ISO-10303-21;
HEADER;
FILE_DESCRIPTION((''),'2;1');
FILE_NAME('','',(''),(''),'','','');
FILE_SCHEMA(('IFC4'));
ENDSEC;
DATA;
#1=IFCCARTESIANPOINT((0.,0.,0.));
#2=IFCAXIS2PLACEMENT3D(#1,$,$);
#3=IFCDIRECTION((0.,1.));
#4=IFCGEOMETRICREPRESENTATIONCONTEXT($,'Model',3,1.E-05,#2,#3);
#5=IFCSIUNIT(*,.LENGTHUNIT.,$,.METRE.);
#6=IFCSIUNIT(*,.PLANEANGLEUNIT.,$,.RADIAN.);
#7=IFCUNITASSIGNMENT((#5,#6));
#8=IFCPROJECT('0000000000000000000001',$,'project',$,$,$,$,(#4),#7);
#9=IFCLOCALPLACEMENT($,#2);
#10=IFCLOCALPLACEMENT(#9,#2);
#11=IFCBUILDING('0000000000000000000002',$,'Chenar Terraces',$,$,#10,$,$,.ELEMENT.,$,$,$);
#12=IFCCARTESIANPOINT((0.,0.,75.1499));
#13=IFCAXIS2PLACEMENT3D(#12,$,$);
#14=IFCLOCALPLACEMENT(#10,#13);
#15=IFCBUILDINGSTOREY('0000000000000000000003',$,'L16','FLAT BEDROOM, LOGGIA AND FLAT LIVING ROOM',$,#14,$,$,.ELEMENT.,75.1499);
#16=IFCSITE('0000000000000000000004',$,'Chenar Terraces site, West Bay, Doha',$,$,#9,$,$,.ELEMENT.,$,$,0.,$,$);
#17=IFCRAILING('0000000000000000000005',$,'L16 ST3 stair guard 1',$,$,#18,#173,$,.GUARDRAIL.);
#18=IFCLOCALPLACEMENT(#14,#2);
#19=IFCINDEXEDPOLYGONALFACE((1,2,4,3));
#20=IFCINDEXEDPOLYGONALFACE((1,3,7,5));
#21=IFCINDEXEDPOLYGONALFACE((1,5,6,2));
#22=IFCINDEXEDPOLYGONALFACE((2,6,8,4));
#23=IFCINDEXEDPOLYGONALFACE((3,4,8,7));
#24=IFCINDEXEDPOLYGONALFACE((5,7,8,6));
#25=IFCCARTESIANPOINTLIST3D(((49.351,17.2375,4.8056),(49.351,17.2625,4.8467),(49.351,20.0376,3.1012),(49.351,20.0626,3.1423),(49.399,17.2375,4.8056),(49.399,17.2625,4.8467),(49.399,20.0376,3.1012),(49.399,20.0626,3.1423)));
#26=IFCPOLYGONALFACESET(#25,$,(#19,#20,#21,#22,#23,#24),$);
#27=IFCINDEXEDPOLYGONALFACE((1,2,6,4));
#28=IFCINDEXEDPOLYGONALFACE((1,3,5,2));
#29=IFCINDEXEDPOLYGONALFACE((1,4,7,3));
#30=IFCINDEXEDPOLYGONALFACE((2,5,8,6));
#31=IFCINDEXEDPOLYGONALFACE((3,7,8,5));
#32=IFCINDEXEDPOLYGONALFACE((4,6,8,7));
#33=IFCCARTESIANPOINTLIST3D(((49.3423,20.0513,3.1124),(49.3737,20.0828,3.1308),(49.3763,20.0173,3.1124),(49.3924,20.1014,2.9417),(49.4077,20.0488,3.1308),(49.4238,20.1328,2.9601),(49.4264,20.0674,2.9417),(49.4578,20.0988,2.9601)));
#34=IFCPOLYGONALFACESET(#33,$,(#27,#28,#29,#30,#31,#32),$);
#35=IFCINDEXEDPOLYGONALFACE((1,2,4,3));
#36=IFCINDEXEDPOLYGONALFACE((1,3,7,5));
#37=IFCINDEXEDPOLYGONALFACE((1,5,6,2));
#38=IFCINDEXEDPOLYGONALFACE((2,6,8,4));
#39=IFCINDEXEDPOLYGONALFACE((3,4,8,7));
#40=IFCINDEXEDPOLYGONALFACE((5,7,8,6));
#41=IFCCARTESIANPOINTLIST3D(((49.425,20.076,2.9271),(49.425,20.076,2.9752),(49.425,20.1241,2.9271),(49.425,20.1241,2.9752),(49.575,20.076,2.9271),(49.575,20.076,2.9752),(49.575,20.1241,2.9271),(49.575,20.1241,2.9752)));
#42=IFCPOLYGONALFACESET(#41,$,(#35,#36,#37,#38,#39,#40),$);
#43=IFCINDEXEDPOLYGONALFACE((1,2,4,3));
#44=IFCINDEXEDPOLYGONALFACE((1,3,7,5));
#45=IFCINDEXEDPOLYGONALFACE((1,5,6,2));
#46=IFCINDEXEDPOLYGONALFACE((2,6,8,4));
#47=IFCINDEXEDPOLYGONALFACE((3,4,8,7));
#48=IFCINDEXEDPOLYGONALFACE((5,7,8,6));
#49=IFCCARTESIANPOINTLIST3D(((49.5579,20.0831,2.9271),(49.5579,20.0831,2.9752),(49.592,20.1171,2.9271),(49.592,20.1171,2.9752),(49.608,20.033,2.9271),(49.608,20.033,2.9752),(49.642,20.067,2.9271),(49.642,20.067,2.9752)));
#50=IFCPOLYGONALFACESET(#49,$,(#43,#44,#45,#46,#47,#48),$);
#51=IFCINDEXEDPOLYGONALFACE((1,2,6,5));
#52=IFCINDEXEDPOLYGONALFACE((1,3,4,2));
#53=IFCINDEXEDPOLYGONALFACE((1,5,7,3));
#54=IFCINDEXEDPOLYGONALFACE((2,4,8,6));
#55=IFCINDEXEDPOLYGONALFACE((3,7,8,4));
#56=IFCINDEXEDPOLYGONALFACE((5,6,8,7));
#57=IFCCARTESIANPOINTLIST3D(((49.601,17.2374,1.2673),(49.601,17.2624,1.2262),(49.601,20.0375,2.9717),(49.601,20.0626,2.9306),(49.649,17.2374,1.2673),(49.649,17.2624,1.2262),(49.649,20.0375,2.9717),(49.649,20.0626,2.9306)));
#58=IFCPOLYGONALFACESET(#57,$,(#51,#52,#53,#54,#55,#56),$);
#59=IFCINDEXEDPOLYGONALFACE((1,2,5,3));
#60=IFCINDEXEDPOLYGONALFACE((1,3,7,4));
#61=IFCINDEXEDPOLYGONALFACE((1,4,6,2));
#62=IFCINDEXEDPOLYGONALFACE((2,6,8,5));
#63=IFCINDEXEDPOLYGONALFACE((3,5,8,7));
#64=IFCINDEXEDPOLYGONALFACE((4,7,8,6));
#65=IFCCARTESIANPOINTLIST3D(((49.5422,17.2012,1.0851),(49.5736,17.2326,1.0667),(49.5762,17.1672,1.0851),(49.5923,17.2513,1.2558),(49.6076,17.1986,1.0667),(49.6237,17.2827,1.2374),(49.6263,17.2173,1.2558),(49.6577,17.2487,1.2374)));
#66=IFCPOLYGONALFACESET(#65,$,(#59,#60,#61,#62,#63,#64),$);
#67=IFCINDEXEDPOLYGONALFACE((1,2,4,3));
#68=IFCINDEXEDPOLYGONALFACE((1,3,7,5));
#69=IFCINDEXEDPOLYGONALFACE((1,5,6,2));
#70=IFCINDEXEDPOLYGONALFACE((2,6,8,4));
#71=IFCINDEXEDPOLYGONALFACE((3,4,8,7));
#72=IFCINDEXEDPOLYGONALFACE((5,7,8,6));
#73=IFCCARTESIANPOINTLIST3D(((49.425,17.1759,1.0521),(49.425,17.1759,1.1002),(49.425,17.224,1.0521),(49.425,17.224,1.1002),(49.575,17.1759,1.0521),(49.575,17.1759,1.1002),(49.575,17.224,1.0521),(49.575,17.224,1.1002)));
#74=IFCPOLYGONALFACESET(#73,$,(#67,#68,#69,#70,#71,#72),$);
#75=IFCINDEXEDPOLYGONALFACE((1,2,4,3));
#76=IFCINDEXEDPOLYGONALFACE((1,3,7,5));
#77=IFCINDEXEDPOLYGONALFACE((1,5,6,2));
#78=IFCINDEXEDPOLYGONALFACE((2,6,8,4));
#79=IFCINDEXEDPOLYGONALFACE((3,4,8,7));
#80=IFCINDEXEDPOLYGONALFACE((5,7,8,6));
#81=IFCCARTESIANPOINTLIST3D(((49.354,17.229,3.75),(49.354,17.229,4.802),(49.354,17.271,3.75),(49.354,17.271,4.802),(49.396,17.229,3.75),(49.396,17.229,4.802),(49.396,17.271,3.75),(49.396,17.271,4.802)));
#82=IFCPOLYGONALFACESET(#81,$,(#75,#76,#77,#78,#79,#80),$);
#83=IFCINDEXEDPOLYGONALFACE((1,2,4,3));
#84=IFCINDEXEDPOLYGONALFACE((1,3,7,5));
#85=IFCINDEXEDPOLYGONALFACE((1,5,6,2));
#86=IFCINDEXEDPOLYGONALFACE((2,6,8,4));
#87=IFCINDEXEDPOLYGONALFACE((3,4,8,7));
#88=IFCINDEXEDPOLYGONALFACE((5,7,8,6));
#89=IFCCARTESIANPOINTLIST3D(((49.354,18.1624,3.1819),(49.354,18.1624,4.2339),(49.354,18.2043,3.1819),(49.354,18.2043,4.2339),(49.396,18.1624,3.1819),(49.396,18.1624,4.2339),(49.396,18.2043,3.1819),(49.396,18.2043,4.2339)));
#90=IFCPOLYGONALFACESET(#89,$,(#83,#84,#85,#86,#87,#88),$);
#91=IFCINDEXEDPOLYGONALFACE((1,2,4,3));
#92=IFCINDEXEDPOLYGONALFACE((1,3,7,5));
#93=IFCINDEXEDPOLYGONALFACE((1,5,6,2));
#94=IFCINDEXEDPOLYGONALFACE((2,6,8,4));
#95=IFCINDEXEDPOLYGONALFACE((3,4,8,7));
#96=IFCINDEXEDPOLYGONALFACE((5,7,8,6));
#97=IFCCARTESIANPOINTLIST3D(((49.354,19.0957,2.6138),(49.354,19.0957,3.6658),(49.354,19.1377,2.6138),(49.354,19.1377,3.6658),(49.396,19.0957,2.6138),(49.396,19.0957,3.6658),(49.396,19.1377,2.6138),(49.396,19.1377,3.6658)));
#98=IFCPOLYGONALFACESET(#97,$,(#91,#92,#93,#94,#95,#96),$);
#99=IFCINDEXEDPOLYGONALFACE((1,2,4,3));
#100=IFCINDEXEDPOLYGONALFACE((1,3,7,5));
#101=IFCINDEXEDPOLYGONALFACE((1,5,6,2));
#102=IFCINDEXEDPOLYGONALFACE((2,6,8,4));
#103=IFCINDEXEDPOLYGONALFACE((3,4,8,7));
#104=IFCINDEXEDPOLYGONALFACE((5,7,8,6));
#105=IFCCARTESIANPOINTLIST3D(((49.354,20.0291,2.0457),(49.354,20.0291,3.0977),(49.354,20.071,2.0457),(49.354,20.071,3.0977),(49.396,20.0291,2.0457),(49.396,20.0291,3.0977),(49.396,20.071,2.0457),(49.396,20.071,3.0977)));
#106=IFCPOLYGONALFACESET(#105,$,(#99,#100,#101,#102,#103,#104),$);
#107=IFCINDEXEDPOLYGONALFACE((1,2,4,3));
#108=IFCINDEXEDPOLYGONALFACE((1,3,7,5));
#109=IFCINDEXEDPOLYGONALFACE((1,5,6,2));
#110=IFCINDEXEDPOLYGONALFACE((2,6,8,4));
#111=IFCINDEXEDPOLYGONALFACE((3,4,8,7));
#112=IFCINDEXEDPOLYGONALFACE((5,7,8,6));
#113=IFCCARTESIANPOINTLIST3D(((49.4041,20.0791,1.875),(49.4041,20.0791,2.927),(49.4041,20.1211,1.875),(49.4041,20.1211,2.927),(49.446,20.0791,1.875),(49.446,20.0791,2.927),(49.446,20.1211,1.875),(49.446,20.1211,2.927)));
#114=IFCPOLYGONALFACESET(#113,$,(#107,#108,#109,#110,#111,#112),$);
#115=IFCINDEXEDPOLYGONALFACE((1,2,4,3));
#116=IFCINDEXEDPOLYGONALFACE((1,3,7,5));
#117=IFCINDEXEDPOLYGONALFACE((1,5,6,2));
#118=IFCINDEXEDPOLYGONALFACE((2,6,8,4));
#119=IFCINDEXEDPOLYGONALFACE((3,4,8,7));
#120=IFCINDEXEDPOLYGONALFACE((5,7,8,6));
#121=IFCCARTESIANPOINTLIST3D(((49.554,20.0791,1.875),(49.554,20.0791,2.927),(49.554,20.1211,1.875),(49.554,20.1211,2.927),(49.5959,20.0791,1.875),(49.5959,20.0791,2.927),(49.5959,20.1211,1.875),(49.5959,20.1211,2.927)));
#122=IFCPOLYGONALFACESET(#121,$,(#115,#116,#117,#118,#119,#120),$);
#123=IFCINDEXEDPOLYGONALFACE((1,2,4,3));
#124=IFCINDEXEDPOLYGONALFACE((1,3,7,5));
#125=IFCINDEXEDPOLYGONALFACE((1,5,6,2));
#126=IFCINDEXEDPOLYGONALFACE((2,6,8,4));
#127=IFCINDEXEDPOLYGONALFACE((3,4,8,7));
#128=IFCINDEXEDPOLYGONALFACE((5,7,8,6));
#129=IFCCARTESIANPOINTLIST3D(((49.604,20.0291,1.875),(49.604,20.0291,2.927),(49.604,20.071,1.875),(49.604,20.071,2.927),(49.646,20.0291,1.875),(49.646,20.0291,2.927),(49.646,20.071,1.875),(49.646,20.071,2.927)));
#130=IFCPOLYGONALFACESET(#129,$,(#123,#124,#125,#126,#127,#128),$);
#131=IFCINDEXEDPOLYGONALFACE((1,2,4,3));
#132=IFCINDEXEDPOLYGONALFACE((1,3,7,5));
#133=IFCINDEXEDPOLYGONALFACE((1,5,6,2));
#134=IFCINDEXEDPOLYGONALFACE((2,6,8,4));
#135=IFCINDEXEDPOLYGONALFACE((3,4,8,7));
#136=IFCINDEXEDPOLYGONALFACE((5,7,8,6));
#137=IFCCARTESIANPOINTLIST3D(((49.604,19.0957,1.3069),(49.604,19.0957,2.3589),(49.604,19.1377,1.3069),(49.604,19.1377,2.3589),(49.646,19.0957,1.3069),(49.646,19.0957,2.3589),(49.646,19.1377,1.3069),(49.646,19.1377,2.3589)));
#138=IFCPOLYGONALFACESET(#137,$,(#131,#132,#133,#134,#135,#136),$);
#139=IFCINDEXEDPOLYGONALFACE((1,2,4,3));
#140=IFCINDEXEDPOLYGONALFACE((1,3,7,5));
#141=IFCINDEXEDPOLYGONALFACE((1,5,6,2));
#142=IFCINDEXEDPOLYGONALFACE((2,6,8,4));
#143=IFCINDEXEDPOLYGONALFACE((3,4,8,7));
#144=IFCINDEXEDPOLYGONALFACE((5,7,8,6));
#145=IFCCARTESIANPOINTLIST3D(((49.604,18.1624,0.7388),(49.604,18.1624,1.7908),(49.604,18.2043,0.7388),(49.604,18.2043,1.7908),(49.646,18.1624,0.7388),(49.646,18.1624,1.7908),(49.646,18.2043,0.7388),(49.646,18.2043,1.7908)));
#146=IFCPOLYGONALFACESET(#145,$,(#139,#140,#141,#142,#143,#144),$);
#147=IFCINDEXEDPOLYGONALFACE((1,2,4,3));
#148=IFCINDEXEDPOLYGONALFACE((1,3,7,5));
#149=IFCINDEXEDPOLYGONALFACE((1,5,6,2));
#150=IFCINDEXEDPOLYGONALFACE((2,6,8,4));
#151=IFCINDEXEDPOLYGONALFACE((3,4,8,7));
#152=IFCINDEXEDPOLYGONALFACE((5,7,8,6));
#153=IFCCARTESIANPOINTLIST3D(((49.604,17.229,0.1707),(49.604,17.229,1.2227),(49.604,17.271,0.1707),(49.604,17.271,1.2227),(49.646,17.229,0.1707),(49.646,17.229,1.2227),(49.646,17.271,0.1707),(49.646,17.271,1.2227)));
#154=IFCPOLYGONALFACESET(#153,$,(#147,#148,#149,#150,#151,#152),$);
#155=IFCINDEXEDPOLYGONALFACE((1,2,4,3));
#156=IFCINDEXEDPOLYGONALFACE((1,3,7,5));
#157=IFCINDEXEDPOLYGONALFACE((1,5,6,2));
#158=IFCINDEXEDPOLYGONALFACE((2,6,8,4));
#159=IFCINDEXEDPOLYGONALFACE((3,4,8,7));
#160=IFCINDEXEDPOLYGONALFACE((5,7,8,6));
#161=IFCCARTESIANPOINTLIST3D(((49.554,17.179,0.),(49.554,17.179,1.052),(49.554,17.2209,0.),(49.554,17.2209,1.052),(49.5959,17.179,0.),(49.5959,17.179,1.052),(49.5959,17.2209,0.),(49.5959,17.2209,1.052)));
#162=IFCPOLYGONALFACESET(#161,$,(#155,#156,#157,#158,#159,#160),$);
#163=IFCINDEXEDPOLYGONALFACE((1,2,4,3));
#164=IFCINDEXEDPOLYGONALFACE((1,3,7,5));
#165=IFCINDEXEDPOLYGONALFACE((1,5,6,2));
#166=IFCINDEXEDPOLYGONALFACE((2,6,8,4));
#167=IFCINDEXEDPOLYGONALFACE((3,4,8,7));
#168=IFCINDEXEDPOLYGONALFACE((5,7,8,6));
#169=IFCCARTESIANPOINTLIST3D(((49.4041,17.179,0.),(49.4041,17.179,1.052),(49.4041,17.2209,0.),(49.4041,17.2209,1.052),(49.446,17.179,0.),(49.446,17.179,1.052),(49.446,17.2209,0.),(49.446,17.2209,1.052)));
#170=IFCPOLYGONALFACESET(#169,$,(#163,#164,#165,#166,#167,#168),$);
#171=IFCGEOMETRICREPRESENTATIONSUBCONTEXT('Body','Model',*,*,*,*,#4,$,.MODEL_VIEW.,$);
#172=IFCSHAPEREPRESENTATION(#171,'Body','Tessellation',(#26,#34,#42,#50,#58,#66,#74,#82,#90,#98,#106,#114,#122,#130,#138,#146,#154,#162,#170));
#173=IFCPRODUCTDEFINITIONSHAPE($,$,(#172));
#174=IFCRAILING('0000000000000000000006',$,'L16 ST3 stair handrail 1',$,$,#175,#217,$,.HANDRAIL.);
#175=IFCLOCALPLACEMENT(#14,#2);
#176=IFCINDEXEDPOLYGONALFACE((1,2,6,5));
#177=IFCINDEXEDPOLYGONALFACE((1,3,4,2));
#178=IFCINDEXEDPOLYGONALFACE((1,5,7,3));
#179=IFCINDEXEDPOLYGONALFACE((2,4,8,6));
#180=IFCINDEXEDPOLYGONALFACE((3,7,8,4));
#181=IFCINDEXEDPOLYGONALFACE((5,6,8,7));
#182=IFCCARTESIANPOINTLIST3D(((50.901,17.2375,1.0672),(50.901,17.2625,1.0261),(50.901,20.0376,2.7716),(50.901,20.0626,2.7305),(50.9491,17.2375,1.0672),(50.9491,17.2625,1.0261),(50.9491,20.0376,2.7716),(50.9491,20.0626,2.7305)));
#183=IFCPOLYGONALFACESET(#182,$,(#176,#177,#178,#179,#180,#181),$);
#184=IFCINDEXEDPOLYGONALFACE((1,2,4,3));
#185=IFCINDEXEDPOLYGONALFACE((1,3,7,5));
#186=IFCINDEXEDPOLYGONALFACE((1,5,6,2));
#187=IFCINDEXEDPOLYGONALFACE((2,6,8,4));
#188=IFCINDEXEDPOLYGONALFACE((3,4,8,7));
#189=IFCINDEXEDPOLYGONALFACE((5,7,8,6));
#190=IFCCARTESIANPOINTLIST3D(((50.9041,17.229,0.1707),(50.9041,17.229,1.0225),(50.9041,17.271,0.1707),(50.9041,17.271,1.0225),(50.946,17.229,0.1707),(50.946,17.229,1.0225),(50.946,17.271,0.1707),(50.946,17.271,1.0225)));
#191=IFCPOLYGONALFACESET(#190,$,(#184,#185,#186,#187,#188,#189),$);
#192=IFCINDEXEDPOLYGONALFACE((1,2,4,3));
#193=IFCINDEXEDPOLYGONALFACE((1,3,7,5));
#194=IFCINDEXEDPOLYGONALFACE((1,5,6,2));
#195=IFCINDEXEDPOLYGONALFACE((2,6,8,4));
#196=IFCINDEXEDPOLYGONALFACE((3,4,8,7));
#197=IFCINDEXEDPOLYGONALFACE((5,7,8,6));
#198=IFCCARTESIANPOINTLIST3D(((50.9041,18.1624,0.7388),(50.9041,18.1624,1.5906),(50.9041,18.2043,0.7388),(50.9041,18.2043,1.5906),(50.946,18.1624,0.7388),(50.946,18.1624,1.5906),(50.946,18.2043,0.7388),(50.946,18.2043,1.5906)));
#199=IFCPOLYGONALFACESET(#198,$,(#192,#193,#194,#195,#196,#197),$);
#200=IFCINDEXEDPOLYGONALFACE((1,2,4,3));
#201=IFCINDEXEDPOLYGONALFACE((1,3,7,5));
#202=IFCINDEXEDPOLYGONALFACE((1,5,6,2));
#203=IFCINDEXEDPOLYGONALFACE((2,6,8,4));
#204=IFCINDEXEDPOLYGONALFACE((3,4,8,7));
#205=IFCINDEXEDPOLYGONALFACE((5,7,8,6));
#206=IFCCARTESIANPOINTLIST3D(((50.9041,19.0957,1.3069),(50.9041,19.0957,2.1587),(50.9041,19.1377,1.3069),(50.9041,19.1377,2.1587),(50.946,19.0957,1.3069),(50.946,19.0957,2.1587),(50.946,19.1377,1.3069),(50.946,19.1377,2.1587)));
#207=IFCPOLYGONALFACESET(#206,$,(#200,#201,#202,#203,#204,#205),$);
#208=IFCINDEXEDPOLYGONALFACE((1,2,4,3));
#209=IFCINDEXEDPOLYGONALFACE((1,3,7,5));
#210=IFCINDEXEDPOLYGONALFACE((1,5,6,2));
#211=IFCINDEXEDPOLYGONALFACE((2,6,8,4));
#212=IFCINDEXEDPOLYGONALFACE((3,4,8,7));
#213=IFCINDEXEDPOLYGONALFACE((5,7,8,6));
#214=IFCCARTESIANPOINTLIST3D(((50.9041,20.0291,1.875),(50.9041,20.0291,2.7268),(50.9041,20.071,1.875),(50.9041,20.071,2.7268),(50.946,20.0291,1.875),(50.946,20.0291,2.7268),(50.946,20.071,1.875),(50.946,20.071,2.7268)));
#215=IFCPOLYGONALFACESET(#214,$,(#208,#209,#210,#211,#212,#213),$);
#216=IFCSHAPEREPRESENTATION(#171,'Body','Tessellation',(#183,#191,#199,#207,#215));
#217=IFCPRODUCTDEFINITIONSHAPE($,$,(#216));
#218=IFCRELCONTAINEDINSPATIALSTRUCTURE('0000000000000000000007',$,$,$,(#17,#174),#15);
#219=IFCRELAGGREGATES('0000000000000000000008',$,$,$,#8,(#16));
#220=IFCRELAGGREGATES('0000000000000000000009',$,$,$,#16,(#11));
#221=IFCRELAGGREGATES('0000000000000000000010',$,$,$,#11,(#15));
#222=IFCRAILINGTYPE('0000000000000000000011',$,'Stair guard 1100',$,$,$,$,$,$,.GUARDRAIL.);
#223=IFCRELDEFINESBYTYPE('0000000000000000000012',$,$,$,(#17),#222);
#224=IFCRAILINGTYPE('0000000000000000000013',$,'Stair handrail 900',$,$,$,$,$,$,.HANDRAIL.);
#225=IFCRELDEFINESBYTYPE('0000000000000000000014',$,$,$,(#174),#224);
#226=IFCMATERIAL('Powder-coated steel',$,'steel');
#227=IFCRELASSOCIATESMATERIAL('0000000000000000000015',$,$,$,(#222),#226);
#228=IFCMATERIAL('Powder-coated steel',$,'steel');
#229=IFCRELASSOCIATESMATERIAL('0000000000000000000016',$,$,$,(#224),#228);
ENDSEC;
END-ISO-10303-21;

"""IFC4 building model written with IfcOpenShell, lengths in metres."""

from ifc_helpers import new_model, si_unit, direction, frame, origin, origin_2d, place, context, subcontext, project, spatial, rectangle, extrude, material, type_object, element, save


model = new_model("IFC4")

# Units and contexts
model_context = context("Model", 3, precision=1e-05, world=origin(), true_north=direction((0.0, 1.0)))
body_context = subcontext(model_context, "Body", "Model", "MODEL_VIEW")
ifc_project = project(units=[si_unit("LENGTHUNIT", "METRE"), si_unit("PLANEANGLEUNIT", "RADIAN")], contexts=[model_context])

# Site, building, storey
site_placement = place(None, origin())
site = spatial("IfcSite", under=ifc_project, at=site_placement, Name="Chenar Terraces site, West Bay, Doha", CompositionType="ELEMENT", RefElevation=0.0)
building_placement = place(site_placement, origin())
building = spatial("IfcBuilding", under=site, at=building_placement, Name="Chenar Terraces", CompositionType="ELEMENT")
storey_placement = place(building_placement, frame((0.0, 0.0, 75.1499)))
storey = spatial("IfcBuildingStorey", under=building, at=storey_placement, Name="L16", Description="FLAT BEDROOM, LOGGIA AND FLAT LIVING ROOM", CompositionType="ELEMENT", Elevation=75.1499)

# Railings
ifc_material_1 = material(Name="Powder-coated steel", Category="steel")
railing_type_1 = type_object("IfcRailingType", Name="Stair guard 1100", PredefinedType="GUARDRAIL", material=ifc_material_1)
railing_1_placement = place(storey_placement, frame((49.375, 17.25, 3.75)))
element("IfcRailing", 1, at=railing_1_placement, inside=storey, type_object=railing_type_1, Name="L16 ST3 stair guard 1", PredefinedType="GUARDRAIL", context=body_context, shape_type="SweptSolid", body=[
    extrude(rectangle(XDim=0.0481, YDim=0.0481, at=origin_2d()), frame((0.0, 0.0, 1.0762), z_axis=(0.0, 0.854203, -0.51994), x_axis=(-1.0, 0.0, 0.0)), (0.0, 0.0, 1.0), 3.2781),
    extrude(rectangle(XDim=0.0481, YDim=0.0481, at=origin_2d()), frame((0.0, 2.8, -0.6284), z_axis=(0.2709, 0.2709, -0.923703), x_axis=(-0.707107, 0.707107, 0.0)), (0.0, 0.0, 1.0), 0.1848),
    extrude(rectangle(XDim=0.0481, YDim=0.0481, at=origin_2d()), frame((0.05, 2.8501, -0.7988), z_axis=(1.0, 0.0, 0.0), x_axis=(0.0, 1.0, 0.0)), (0.0, 0.0, 1.0), 0.1499),
    extrude(rectangle(XDim=0.0481, YDim=0.0481, at=origin_2d()), frame((0.2, 2.8501, -0.7988), z_axis=(0.707107, -0.707107, 0.0), x_axis=(0.707107, 0.707107, 0.0)), (0.0, 0.0, 1.0), 0.0708),
    extrude(rectangle(XDim=0.0481, YDim=0.0481, at=origin_2d()), frame((0.25, 2.8, -0.7988), z_axis=(0.0, -0.854203, -0.51994), x_axis=(1.0, 0.0, 0.0)), (0.0, 0.0, 1.0), 3.2781),
    extrude(rectangle(XDim=0.0481, YDim=0.0481, at=origin_2d()), frame((0.25, 0.0, -2.5034), z_axis=(-0.2709, -0.2709, -0.923703), x_axis=(0.707107, -0.707107, 0.0)), (0.0, 0.0, 1.0), 0.1848),
    extrude(rectangle(XDim=0.0481, YDim=0.0481, at=origin_2d()), frame((0.2, -0.05, -2.6738), z_axis=(-1.0, 0.0, 0.0), x_axis=(0.0, -1.0, 0.0)), (0.0, 0.0, 1.0), 0.1499),
    extrude(rectangle(XDim=0.042, YDim=0.042, at=origin_2d()), origin(), (0.0, 0.0, 1.0), 1.052),
    extrude(rectangle(XDim=0.042, YDim=0.042, at=origin_2d()), frame((0.0, 0.9333, -0.5681)), (0.0, 0.0, 1.0), 1.052),
    extrude(rectangle(XDim=0.042, YDim=0.042, at=origin_2d()), frame((0.0, 1.8667, -1.1362)), (0.0, 0.0, 1.0), 1.052),
    extrude(rectangle(XDim=0.042, YDim=0.042, at=origin_2d()), frame((0.0, 2.8, -1.7043)), (0.0, 0.0, 1.0), 1.052),
    extrude(rectangle(XDim=0.042, YDim=0.042, at=origin_2d()), frame((0.05, 2.8501, -1.875)), (0.0, 0.0, 1.0), 1.052),
    extrude(rectangle(XDim=0.042, YDim=0.042, at=origin_2d()), frame((0.2, 2.8501, -1.875)), (0.0, 0.0, 1.0), 1.052),
    extrude(rectangle(XDim=0.042, YDim=0.042, at=origin_2d()), frame((0.25, 2.8, -1.875)), (0.0, 0.0, 1.0), 1.052),
    extrude(rectangle(XDim=0.042, YDim=0.042, at=origin_2d()), frame((0.25, 1.8667, -2.4431)), (0.0, 0.0, 1.0), 1.052),
    extrude(rectangle(XDim=0.042, YDim=0.042, at=origin_2d()), frame((0.25, 0.9333, -3.0112)), (0.0, 0.0, 1.0), 1.052),
    extrude(rectangle(XDim=0.042, YDim=0.042, at=origin_2d()), frame((0.25, 0.0, -3.5793)), (0.0, 0.0, 1.0), 1.052),
    extrude(rectangle(XDim=0.042, YDim=0.042, at=origin_2d()), frame((0.2, -0.05, -3.75)), (0.0, 0.0, 1.0), 1.052),
    extrude(rectangle(XDim=0.042, YDim=0.042, at=origin_2d()), frame((0.05, -0.05, -3.75)), (0.0, 0.0, 1.0), 1.052),
])
ifc_material_2 = material(Name="Powder-coated steel", Category="steel")
railing_type_2 = type_object("IfcRailingType", Name="Stair handrail 900", PredefinedType="HANDRAIL", material=ifc_material_2)
railing_2_placement = place(storey_placement, frame((50.925, 17.25, 0.1707)))
element("IfcRailing", 2, at=railing_2_placement, inside=storey, type_object=railing_type_2, Name="L16 ST3 stair handrail 1", PredefinedType="HANDRAIL", context=body_context, shape_type="SweptSolid", body=[
    extrude(rectangle(XDim=0.0481, YDim=0.0481, at=origin_2d()), frame((0.0, 0.0, 0.876), z_axis=(0.0, 0.854203, 0.51994), x_axis=(-1.0, 0.0, 0.0)), (0.0, 0.0, 1.0), 3.2781),
    extrude(rectangle(XDim=0.042, YDim=0.042, at=origin_2d()), origin(), (0.0, 0.0, 1.0), 0.8518),
    extrude(rectangle(XDim=0.042, YDim=0.042, at=origin_2d()), frame((0.0, 0.9333, 0.5681)), (0.0, 0.0, 1.0), 0.8518),
    extrude(rectangle(XDim=0.042, YDim=0.042, at=origin_2d()), frame((0.0, 1.8667, 1.1362)), (0.0, 0.0, 1.0), 0.8518),
    extrude(rectangle(XDim=0.042, YDim=0.042, at=origin_2d()), frame((0.0, 2.8, 1.7043)), (0.0, 0.0, 1.0), 0.8518),
])

save(model, "model.ifc")
